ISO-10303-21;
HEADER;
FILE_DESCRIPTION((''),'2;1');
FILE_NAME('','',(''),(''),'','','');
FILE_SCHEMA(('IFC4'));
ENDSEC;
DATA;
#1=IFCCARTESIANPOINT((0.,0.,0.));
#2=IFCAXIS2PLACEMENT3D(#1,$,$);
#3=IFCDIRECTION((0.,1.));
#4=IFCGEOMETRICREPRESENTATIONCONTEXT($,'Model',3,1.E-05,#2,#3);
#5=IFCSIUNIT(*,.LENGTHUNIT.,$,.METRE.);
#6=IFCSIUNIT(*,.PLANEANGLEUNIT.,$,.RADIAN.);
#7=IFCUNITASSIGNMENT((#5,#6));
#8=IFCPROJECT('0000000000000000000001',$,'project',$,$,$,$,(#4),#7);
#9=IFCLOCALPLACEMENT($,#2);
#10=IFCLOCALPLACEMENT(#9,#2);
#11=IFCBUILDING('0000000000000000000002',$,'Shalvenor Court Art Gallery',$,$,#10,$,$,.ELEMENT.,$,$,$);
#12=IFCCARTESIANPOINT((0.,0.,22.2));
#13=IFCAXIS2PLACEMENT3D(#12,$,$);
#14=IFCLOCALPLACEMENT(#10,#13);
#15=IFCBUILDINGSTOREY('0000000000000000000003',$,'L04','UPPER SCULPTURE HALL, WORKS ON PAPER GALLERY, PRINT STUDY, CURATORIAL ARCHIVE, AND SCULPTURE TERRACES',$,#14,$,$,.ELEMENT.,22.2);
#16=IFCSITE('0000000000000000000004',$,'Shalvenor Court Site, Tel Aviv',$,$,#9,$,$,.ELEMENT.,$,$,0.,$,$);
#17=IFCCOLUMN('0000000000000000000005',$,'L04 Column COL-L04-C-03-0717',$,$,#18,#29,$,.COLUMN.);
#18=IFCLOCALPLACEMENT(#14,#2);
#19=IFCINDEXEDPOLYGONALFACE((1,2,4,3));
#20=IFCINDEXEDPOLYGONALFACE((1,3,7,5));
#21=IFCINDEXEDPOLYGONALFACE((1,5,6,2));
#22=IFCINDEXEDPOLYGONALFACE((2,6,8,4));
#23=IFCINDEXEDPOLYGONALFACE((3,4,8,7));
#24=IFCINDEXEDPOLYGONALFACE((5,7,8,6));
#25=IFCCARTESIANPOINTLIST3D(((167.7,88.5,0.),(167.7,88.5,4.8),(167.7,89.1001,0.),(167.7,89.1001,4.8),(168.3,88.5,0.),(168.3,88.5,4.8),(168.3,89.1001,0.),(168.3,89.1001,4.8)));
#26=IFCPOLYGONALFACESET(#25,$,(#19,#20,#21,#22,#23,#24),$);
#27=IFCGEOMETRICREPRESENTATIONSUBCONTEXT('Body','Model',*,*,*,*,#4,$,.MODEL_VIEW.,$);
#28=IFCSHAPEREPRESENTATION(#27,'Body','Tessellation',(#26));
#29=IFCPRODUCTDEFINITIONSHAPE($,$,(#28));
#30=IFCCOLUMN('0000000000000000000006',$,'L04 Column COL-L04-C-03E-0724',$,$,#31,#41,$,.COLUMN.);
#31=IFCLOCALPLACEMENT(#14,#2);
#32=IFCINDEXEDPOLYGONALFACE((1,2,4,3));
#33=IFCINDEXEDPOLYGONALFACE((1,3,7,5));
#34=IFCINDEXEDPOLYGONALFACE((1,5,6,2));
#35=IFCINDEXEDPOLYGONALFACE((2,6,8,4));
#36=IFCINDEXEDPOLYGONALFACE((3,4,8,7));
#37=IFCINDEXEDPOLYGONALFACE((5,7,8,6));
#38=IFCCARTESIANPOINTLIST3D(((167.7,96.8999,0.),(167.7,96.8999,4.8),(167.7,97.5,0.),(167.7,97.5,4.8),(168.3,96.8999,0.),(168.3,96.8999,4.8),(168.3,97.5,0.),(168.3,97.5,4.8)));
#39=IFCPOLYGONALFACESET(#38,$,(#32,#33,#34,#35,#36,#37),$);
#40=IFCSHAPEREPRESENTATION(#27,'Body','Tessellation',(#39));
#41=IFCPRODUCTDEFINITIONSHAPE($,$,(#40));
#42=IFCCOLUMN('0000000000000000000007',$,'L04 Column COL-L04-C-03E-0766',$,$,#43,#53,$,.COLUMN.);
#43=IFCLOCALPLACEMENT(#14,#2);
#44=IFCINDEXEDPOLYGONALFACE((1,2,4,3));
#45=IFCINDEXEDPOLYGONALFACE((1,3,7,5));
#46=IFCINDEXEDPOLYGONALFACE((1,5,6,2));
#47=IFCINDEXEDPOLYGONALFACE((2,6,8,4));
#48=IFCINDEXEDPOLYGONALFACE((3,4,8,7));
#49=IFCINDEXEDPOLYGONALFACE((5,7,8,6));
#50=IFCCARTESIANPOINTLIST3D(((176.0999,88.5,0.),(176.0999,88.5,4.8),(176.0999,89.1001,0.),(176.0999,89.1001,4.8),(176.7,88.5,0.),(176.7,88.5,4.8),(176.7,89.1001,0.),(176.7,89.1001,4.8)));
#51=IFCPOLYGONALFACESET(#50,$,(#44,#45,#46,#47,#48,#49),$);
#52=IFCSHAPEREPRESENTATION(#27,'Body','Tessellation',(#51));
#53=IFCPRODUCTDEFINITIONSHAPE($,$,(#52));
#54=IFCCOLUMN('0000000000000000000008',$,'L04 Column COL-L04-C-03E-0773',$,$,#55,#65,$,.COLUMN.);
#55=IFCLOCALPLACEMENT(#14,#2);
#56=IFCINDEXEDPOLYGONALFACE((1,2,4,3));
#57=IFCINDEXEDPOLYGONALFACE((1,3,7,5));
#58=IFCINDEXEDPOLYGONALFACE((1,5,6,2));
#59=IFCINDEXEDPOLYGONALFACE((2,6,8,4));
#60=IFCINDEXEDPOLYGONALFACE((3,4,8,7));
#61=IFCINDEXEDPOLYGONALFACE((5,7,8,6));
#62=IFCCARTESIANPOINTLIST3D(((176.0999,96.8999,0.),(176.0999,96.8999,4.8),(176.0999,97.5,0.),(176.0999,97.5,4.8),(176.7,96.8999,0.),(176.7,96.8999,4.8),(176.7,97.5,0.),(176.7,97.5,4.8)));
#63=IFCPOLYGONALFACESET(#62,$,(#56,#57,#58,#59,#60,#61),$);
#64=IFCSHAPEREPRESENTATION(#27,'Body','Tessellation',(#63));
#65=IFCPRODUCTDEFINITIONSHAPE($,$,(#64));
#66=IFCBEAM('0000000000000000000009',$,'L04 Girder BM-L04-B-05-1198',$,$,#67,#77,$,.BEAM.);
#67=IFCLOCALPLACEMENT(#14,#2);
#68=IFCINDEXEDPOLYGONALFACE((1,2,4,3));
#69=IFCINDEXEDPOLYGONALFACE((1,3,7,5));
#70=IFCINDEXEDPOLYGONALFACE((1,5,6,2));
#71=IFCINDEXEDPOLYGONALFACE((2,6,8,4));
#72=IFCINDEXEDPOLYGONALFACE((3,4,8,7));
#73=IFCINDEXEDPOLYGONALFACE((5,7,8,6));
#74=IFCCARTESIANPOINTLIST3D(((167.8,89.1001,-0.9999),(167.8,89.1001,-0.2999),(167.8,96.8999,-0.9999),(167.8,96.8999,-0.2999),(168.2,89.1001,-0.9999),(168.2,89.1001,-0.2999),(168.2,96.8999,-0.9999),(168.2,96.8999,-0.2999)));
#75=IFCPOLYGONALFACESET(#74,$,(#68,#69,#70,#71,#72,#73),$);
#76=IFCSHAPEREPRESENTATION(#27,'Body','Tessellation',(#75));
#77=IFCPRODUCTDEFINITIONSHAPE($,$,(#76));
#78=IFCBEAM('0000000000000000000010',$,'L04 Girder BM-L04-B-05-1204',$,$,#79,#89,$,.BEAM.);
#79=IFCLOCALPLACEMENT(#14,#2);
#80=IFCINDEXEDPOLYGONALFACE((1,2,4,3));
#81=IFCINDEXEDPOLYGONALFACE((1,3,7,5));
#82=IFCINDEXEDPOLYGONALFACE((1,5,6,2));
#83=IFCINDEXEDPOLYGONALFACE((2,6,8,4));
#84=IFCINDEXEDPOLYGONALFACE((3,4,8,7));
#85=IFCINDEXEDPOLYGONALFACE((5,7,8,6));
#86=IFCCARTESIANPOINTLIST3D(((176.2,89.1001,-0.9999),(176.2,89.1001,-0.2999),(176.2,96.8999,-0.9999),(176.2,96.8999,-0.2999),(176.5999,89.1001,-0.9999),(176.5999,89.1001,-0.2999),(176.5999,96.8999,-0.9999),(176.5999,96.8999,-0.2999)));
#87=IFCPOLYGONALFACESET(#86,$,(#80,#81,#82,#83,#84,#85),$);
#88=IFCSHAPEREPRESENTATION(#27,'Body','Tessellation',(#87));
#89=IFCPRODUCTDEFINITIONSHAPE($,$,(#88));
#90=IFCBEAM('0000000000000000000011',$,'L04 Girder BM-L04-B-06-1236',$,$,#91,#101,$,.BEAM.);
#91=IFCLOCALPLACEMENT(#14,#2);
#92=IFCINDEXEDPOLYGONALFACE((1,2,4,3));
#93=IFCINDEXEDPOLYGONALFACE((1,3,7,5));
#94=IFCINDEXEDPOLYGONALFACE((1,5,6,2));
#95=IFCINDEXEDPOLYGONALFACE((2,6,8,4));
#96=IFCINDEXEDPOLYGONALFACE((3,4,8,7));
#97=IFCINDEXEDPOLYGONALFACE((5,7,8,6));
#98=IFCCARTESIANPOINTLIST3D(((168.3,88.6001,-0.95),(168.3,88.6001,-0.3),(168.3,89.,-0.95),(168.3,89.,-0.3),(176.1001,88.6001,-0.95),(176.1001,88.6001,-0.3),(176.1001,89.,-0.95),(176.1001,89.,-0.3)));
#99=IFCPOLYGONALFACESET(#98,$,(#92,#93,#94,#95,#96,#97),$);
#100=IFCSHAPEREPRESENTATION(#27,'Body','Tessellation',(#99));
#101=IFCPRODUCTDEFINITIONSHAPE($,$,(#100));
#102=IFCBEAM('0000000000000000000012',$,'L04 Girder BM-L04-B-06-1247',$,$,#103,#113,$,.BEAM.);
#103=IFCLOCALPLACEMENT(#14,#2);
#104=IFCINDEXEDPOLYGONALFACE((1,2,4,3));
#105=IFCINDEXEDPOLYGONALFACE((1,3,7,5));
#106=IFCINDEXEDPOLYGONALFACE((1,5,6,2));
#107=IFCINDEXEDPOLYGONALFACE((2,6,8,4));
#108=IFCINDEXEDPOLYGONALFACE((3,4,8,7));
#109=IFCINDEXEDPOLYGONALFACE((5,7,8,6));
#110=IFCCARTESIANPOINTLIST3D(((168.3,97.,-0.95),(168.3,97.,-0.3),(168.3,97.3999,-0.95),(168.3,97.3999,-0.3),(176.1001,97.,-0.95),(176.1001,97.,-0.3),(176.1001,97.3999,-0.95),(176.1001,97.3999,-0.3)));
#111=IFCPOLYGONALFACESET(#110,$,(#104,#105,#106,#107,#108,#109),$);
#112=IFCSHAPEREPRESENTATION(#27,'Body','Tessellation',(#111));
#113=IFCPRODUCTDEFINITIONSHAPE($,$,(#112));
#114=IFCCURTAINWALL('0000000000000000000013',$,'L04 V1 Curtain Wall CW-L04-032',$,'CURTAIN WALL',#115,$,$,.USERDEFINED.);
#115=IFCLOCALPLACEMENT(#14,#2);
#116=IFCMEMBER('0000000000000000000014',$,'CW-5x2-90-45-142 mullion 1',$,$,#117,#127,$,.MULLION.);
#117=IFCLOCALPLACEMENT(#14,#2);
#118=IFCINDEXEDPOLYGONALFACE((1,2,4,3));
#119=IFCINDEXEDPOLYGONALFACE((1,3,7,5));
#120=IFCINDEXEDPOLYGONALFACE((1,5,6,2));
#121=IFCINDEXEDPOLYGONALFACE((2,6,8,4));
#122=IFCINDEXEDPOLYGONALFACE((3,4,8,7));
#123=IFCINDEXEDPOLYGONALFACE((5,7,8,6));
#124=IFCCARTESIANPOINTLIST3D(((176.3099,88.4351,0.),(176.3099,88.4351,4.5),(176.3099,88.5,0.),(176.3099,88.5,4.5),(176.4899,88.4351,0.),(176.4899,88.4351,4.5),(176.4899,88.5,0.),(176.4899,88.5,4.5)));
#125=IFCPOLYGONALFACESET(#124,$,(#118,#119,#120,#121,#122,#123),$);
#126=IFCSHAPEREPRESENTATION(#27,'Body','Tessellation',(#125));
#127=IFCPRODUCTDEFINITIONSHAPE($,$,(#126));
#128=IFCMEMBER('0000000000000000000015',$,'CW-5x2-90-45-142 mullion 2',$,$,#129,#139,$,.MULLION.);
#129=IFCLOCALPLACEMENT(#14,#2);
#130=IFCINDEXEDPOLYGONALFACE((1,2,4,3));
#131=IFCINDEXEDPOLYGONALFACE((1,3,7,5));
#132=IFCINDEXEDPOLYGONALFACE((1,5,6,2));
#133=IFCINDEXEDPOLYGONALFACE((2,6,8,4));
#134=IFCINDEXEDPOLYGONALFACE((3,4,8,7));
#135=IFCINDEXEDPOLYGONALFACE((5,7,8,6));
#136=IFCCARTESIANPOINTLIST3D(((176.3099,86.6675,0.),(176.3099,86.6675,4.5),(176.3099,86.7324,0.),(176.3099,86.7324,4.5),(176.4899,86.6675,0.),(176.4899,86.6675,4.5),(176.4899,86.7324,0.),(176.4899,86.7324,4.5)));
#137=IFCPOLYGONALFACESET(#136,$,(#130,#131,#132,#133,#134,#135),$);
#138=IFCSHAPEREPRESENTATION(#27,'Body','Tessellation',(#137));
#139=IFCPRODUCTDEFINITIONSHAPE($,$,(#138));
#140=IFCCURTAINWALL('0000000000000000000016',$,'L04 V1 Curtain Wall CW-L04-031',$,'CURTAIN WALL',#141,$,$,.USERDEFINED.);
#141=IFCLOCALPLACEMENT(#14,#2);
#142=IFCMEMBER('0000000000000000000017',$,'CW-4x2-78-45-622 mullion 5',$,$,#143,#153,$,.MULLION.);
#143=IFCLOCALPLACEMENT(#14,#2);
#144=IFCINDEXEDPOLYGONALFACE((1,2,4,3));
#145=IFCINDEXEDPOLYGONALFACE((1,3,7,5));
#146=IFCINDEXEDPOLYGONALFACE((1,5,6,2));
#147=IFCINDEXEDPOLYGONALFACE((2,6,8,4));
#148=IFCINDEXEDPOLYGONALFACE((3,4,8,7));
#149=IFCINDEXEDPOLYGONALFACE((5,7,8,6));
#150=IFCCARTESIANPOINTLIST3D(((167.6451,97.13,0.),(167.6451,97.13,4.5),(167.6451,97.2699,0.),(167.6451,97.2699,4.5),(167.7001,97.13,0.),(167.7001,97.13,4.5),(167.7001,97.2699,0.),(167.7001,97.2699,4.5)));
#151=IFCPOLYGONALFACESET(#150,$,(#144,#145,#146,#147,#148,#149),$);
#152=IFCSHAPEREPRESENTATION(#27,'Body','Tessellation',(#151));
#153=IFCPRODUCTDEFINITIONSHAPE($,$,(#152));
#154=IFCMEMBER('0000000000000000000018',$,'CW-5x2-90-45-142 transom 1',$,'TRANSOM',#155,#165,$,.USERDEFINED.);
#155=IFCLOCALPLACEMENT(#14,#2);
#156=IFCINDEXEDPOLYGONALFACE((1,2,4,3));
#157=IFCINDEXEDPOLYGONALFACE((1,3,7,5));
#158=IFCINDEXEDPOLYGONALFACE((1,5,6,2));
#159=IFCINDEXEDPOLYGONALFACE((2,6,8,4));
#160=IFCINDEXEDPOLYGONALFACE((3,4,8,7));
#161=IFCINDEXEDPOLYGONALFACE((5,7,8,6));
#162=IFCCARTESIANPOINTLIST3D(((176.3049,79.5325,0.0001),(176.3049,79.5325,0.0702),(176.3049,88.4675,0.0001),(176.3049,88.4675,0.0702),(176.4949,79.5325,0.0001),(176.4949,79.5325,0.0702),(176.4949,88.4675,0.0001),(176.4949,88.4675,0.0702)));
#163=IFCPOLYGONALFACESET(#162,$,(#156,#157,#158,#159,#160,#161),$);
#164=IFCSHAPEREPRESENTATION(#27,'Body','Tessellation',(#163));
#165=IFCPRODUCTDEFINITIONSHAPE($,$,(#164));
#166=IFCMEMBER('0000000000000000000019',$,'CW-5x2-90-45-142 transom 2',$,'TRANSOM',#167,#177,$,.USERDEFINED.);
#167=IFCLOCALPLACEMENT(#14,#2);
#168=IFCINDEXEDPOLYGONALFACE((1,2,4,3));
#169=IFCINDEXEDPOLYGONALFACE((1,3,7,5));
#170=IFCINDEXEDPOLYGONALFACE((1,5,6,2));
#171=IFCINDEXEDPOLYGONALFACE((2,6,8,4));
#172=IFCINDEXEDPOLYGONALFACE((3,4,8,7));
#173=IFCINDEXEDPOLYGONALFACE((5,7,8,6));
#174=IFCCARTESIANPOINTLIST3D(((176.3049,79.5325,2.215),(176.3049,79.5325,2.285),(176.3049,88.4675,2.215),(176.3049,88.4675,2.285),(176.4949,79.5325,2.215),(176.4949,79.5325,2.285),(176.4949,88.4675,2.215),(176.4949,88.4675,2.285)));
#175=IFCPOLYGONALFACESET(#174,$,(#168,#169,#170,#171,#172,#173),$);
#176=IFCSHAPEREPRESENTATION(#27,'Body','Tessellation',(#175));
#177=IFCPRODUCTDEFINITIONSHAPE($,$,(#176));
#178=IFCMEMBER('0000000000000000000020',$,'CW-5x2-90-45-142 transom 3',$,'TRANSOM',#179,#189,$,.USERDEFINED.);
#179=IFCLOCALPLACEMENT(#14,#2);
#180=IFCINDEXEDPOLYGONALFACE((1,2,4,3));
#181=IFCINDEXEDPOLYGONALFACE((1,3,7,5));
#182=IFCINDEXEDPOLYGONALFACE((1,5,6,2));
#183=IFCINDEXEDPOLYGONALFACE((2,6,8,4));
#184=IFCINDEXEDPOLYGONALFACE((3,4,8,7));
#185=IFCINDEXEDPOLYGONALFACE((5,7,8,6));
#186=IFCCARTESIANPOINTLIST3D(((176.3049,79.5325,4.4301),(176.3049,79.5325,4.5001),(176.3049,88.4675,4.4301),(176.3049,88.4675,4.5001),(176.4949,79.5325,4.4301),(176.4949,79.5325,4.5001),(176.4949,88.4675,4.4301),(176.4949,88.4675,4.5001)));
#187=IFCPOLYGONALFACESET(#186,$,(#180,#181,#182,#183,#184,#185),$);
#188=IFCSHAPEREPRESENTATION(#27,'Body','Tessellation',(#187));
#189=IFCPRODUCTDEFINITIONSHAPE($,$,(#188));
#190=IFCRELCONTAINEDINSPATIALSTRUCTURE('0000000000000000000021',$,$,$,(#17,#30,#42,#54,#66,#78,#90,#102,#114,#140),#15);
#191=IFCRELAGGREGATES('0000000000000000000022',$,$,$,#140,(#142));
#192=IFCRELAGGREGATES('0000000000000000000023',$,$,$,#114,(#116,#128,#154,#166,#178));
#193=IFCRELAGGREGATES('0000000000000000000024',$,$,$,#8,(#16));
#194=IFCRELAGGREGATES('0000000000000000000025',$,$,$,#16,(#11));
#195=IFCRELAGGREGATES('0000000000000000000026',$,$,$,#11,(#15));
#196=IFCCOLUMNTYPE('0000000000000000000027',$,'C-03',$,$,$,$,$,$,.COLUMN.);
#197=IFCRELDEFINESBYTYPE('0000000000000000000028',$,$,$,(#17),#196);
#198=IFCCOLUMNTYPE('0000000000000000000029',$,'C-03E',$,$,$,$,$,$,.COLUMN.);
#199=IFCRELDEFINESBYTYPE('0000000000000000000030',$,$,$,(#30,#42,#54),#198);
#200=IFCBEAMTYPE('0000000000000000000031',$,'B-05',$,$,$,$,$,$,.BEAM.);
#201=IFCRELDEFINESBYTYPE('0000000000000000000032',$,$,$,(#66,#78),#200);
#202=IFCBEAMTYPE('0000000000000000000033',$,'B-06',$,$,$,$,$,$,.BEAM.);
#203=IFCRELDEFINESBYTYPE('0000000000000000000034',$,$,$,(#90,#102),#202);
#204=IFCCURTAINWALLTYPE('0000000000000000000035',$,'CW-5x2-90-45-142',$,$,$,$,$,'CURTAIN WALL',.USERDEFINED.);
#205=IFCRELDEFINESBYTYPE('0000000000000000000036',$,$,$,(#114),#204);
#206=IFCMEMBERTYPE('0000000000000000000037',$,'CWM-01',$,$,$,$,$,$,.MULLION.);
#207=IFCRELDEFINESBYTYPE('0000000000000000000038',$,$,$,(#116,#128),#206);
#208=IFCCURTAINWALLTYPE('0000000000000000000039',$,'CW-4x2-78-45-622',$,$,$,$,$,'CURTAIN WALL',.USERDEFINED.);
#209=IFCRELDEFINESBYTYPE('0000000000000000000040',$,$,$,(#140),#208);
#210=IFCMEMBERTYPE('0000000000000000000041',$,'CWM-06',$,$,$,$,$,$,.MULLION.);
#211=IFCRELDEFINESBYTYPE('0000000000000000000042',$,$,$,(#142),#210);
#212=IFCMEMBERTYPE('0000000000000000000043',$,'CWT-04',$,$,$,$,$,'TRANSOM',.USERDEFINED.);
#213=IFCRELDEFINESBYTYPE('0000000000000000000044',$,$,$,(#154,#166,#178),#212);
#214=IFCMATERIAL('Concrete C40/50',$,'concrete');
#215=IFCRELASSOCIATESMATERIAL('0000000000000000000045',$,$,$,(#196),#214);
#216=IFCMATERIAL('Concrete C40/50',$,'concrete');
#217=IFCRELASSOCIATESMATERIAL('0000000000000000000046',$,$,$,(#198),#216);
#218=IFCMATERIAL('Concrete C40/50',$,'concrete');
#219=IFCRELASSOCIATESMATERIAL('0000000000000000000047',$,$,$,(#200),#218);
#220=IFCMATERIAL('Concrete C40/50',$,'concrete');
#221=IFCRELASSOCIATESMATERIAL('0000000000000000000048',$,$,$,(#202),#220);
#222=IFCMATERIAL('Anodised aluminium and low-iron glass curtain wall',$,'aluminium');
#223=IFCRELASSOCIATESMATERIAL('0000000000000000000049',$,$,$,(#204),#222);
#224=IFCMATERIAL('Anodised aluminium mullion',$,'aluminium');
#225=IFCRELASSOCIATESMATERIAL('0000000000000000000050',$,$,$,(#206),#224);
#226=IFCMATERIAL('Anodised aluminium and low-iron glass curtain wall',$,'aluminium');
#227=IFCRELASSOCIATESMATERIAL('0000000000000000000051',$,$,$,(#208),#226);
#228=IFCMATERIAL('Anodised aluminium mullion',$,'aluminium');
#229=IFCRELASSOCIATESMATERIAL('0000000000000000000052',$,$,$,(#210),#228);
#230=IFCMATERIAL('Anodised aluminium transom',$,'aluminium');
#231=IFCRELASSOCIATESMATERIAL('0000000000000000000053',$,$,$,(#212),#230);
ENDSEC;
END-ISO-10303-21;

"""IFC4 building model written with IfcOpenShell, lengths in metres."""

from ifc_helpers import new_model, si_unit, direction, frame, origin, origin_2d, place, context, subcontext, project, spatial, rectangle, extrude, material, material_profile, profile_set, type_object, element, aggregate, save


model = new_model("IFC4")

# Units and contexts
model_context = context("Model", 3, precision=1e-05, world=origin(), true_north=direction((0.0, 1.0)))
body_context = subcontext(model_context, "Body", "Model", "MODEL_VIEW")
ifc_project = project(units=[si_unit("LENGTHUNIT", "METRE"), si_unit("PLANEANGLEUNIT", "RADIAN")], contexts=[model_context])

# Site, building, storey
site_placement = place(None, origin())
site = spatial("IfcSite", under=ifc_project, at=site_placement, Name="Shalvenor Court Site, Tel Aviv", CompositionType="ELEMENT", RefElevation=0.0)
building_placement = place(site_placement, origin())
building = spatial("IfcBuilding", under=site, at=building_placement, Name="Shalvenor Court Art Gallery", CompositionType="ELEMENT")
storey_placement = place(building_placement, frame((0.0, 0.0, 22.2)))
storey = spatial("IfcBuildingStorey", under=building, at=storey_placement, Name="L04", Description="UPPER SCULPTURE HALL, WORKS ON PAPER GALLERY, PRINT STUDY, CURATORIAL ARCHIVE, AND SCULPTURE TERRACES", CompositionType="ELEMENT", Elevation=22.2)

# Columns
ifc_material_1 = material(Name="Concrete C40/50", Category="concrete")
ifc_material_profile_1 = material_profile(ifc_material_1, rectangle(XDim=0.6001, YDim=0.6001, at=origin_2d()), Name="RC 600x600")
ifc_profile_set_1 = profile_set([ifc_material_profile_1], Name="Concrete C40/50")
column_type_1 = type_object("IfcColumnType", Name="C-03", PredefinedType="COLUMN", material=ifc_profile_set_1)
column_placement = place(storey_placement, frame((168.0, 88.8, 0.0), z_axis=(0.0, 0.0, 1.0), x_axis=(1.0, 0.0, 0.0)))
element("IfcColumn", 1, at=column_placement, inside=storey, type_object=column_type_1, Name="L04 Column COL-L04-C-03-0717", PredefinedType="COLUMN", context=body_context, shape_type="SweptSolid", body=[
    extrude(rectangle(XDim=0.6001, YDim=0.6001, at=origin_2d()), origin(), (0.0, 0.0, 1.0), 4.8),
])
ifc_material_2 = material(Name="Concrete C40/50", Category="concrete")
ifc_material_profile_2 = material_profile(ifc_material_2, rectangle(XDim=0.6001, YDim=0.6001, at=origin_2d()), Name="RC 600x600")
ifc_profile_set_2 = profile_set([ifc_material_profile_2], Name="Concrete C40/50")
column_type_2 = type_object("IfcColumnType", Name="C-03E", PredefinedType="COLUMN", material=ifc_profile_set_2)
for number, where, z_axis, x_axis, name in (
    (2, (168.0, 97.2, 0.0), (0.0, 0.0, 1.0), (1.0, 0.0, 0.0), "L04 Column COL-L04-C-03E-0724"),
    (3, (176.3999, 88.8, 0.0), (0.0, 0.0, 1.0), (1.0, 0.0, 0.0), "L04 Column COL-L04-C-03E-0766"),
    (4, (176.3999, 97.2, 0.0), (0.0, 0.0, 1.0), (1.0, 0.0, 0.0), "L04 Column COL-L04-C-03E-0773"),
):
    element("IfcColumn", number, at=place(storey_placement, frame(where, z_axis=z_axis, x_axis=x_axis)), inside=storey, type_object=column_type_2, Name=name, PredefinedType="COLUMN", context=body_context, shape_type="SweptSolid", body=[
        extrude(rectangle(XDim=0.6001, YDim=0.6001, at=origin_2d()), origin(), (0.0, 0.0, 1.0), 4.8),
    ])

# Beams
ifc_material_3 = material(Name="Concrete C40/50", Category="concrete")
ifc_material_profile_3 = material_profile(ifc_material_3, rectangle(XDim=0.3999, YDim=0.7, at=origin_2d()), Name="RC 400x700")
ifc_profile_set_3 = profile_set([ifc_material_profile_3], Name="Concrete C40/50")
beam_type_1 = type_object("IfcBeamType", Name="B-05", PredefinedType="BEAM", material=ifc_profile_set_3)
for number, where, z_axis, x_axis, name in (
    (5, (168.0, 89.1001, -0.6499), (0.0, 1.0, 0.0), (-1.0, 0.0, 0.0), "L04 Girder BM-L04-B-05-1198"),
    (6, (176.3999, 89.1001, -0.6499), (0.0, 1.0, 0.0), (-1.0, 0.0, 0.0), "L04 Girder BM-L04-B-05-1204"),
):
    element("IfcBeam", number, at=place(storey_placement, frame(where, z_axis=z_axis, x_axis=x_axis)), inside=storey, type_object=beam_type_1, Name=name, PredefinedType="BEAM", context=body_context, shape_type="SweptSolid", body=[
        extrude(rectangle(XDim=0.3999, YDim=0.7, at=origin_2d()), origin(), (0.0, 0.0, 1.0), 7.7998),
    ])
ifc_material_4 = material(Name="Concrete C40/50", Category="concrete")
ifc_material_profile_4 = material_profile(ifc_material_4, rectangle(XDim=0.3999, YDim=0.6499, at=origin_2d()), Name="RC 400x650")
ifc_profile_set_4 = profile_set([ifc_material_profile_4], Name="Concrete C40/50")
beam_type_2 = type_object("IfcBeamType", Name="B-06", PredefinedType="BEAM", material=ifc_profile_set_4)
for number, where, z_axis, x_axis, name in (
    (7, (168.3, 88.8, -0.625), (1.0, 0.0, 0.0), (0.0, 1.0, 0.0), "L04 Girder BM-L04-B-06-1236"),
    (8, (168.3, 97.2, -0.625), (1.0, 0.0, 0.0), (0.0, 1.0, 0.0), "L04 Girder BM-L04-B-06-1247"),
):
    element("IfcBeam", number, at=place(storey_placement, frame(where, z_axis=z_axis, x_axis=x_axis)), inside=storey, type_object=beam_type_2, Name=name, PredefinedType="BEAM", context=body_context, shape_type="SweptSolid", body=[
        extrude(rectangle(XDim=0.3999, YDim=0.6499, at=origin_2d()), origin(), (0.0, 0.0, 1.0), 7.8),
    ])

# Curtain wall, members
ifc_material_5 = material(Name="Anodised aluminium and low-iron glass curtain wall", Category="aluminium")
curtain_wall_type_1 = type_object("IfcCurtainWallType", Name="CW-5x2-90-45-142", ElementType="CURTAIN WALL", PredefinedType="USERDEFINED", material=ifc_material_5)
curtain_wall_1_placement = place(storey_placement, origin())
curtain_wall_1 = element("IfcCurtainWall", 9, at=curtain_wall_1_placement, inside=storey, type_object=curtain_wall_type_1, Name="L04 V1 Curtain Wall CW-L04-032", ObjectType="CURTAIN WALL", PredefinedType="USERDEFINED")
ifc_material_6 = material(Name="Anodised aluminium mullion", Category="aluminium")
ifc_material_profile_5 = material_profile(ifc_material_6, rectangle(XDim=0.0649, YDim=0.1799, at=origin_2d()), Name="CWM-01")
ifc_profile_set_5 = profile_set([ifc_material_profile_5], Name="Anodised aluminium mullion")
member_type_1 = type_object("IfcMemberType", Name="CWM-01", PredefinedType="MULLION", material=ifc_profile_set_5)
member_1_placement = place(storey_placement, frame((176.3999, 88.4675, 0.0), z_axis=(0.0, 0.0, 1.0), x_axis=(0.0, -1.0, 0.0)))
member_1 = element("IfcMember", 10, at=member_1_placement, type_object=member_type_1, Name="CW-5x2-90-45-142 mullion 1", PredefinedType="MULLION", context=body_context, shape_type="SweptSolid", body=[
    extrude(rectangle(XDim=0.0649, YDim=0.1799, at=origin_2d()), origin(), (0.0, 0.0, 1.0), 4.5),
])
member_2_placement = place(storey_placement, frame((176.3999, 86.7, 0.0), z_axis=(0.0, 0.0, 1.0), x_axis=(0.0, -1.0, 0.0)))
member_2 = element("IfcMember", 11, at=member_2_placement, type_object=member_type_1, Name="CW-5x2-90-45-142 mullion 2", PredefinedType="MULLION", context=body_context, shape_type="SweptSolid", body=[
    extrude(rectangle(XDim=0.0649, YDim=0.1799, at=origin_2d()), origin(), (0.0, 0.0, 1.0), 4.5),
])

# Curtain wall, member
ifc_material_7 = material(Name="Anodised aluminium and low-iron glass curtain wall", Category="aluminium")
curtain_wall_type_2 = type_object("IfcCurtainWallType", Name="CW-4x2-78-45-622", ElementType="CURTAIN WALL", PredefinedType="USERDEFINED", material=ifc_material_7)
curtain_wall_2_placement = place(storey_placement, origin())
curtain_wall_2 = element("IfcCurtainWall", 12, at=curtain_wall_2_placement, inside=storey, type_object=curtain_wall_type_2, Name="L04 V1 Curtain Wall CW-L04-031", ObjectType="CURTAIN WALL", PredefinedType="USERDEFINED")
ifc_material_8 = material(Name="Anodised aluminium mullion", Category="aluminium")
ifc_material_profile_6 = material_profile(ifc_material_8, rectangle(XDim=0.0549, YDim=0.1399, at=origin_2d()), Name="CWM-06")
ifc_profile_set_6 = profile_set([ifc_material_profile_6], Name="Anodised aluminium mullion")
member_type_2 = type_object("IfcMemberType", Name="CWM-06", PredefinedType="MULLION", material=ifc_profile_set_6)
member_3_placement = place(storey_placement, frame((167.6726, 97.2, 0.0), z_axis=(0.0, 0.0, 1.0), x_axis=(1.0, 0.0, 0.0)))
member_3 = element("IfcMember", 13, at=member_3_placement, type_object=member_type_2, Name="CW-4x2-78-45-622 mullion 5", PredefinedType="MULLION", context=body_context, shape_type="SweptSolid", body=[
    extrude(rectangle(XDim=0.0549, YDim=0.1399, at=origin_2d()), origin(), (0.0, 0.0, 1.0), 4.5),
])

# Members
ifc_material_9 = material(Name="Anodised aluminium transom", Category="aluminium")
ifc_material_profile_7 = material_profile(ifc_material_9, rectangle(XDim=0.1899, YDim=0.0701, at=origin_2d()), Name="CWT-04")
ifc_profile_set_7 = profile_set([ifc_material_profile_7], Name="Anodised aluminium transom")
member_type_3 = type_object("IfcMemberType", Name="CWT-04", ElementType="TRANSOM", PredefinedType="USERDEFINED", material=ifc_profile_set_7)
member_4_placement = place(storey_placement, frame((176.3999, 88.4675, 0.0352), z_axis=(0.0, -1.0, 0.0), x_axis=(1.0, 0.0, 0.0)))
member_4 = element("IfcMember", 14, at=member_4_placement, type_object=member_type_3, Name="CW-5x2-90-45-142 transom 1", ObjectType="TRANSOM", PredefinedType="USERDEFINED", context=body_context, shape_type="SweptSolid", body=[
    extrude(rectangle(XDim=0.1899, YDim=0.0701, at=origin_2d()), origin(), (0.0, 0.0, 1.0), 8.9351),
])
member_5_placement = place(storey_placement, frame((176.3999, 88.4675, 2.25), z_axis=(0.0, -1.0, 0.0), x_axis=(1.0, 0.0, 0.0)))
member_5 = element("IfcMember", 15, at=member_5_placement, type_object=member_type_3, Name="CW-5x2-90-45-142 transom 2", ObjectType="TRANSOM", PredefinedType="USERDEFINED", context=body_context, shape_type="SweptSolid", body=[
    extrude(rectangle(XDim=0.1899, YDim=0.0701, at=origin_2d()), origin(), (0.0, 0.0, 1.0), 8.9351),
])
member_6_placement = place(storey_placement, frame((176.3999, 88.4675, 4.4651), z_axis=(0.0, -1.0, 0.0), x_axis=(1.0, 0.0, 0.0)))
member_6 = element("IfcMember", 16, at=member_6_placement, type_object=member_type_3, Name="CW-5x2-90-45-142 transom 3", ObjectType="TRANSOM", PredefinedType="USERDEFINED", context=body_context, shape_type="SweptSolid", body=[
    extrude(rectangle(XDim=0.1899, YDim=0.0701, at=origin_2d()), origin(), (0.0, 0.0, 1.0), 8.9351),
])

aggregate(curtain_wall_2, [member_3])
aggregate(curtain_wall_1, [member_1, member_2, member_4, member_5, member_6])

save(model, "model.ifc")
